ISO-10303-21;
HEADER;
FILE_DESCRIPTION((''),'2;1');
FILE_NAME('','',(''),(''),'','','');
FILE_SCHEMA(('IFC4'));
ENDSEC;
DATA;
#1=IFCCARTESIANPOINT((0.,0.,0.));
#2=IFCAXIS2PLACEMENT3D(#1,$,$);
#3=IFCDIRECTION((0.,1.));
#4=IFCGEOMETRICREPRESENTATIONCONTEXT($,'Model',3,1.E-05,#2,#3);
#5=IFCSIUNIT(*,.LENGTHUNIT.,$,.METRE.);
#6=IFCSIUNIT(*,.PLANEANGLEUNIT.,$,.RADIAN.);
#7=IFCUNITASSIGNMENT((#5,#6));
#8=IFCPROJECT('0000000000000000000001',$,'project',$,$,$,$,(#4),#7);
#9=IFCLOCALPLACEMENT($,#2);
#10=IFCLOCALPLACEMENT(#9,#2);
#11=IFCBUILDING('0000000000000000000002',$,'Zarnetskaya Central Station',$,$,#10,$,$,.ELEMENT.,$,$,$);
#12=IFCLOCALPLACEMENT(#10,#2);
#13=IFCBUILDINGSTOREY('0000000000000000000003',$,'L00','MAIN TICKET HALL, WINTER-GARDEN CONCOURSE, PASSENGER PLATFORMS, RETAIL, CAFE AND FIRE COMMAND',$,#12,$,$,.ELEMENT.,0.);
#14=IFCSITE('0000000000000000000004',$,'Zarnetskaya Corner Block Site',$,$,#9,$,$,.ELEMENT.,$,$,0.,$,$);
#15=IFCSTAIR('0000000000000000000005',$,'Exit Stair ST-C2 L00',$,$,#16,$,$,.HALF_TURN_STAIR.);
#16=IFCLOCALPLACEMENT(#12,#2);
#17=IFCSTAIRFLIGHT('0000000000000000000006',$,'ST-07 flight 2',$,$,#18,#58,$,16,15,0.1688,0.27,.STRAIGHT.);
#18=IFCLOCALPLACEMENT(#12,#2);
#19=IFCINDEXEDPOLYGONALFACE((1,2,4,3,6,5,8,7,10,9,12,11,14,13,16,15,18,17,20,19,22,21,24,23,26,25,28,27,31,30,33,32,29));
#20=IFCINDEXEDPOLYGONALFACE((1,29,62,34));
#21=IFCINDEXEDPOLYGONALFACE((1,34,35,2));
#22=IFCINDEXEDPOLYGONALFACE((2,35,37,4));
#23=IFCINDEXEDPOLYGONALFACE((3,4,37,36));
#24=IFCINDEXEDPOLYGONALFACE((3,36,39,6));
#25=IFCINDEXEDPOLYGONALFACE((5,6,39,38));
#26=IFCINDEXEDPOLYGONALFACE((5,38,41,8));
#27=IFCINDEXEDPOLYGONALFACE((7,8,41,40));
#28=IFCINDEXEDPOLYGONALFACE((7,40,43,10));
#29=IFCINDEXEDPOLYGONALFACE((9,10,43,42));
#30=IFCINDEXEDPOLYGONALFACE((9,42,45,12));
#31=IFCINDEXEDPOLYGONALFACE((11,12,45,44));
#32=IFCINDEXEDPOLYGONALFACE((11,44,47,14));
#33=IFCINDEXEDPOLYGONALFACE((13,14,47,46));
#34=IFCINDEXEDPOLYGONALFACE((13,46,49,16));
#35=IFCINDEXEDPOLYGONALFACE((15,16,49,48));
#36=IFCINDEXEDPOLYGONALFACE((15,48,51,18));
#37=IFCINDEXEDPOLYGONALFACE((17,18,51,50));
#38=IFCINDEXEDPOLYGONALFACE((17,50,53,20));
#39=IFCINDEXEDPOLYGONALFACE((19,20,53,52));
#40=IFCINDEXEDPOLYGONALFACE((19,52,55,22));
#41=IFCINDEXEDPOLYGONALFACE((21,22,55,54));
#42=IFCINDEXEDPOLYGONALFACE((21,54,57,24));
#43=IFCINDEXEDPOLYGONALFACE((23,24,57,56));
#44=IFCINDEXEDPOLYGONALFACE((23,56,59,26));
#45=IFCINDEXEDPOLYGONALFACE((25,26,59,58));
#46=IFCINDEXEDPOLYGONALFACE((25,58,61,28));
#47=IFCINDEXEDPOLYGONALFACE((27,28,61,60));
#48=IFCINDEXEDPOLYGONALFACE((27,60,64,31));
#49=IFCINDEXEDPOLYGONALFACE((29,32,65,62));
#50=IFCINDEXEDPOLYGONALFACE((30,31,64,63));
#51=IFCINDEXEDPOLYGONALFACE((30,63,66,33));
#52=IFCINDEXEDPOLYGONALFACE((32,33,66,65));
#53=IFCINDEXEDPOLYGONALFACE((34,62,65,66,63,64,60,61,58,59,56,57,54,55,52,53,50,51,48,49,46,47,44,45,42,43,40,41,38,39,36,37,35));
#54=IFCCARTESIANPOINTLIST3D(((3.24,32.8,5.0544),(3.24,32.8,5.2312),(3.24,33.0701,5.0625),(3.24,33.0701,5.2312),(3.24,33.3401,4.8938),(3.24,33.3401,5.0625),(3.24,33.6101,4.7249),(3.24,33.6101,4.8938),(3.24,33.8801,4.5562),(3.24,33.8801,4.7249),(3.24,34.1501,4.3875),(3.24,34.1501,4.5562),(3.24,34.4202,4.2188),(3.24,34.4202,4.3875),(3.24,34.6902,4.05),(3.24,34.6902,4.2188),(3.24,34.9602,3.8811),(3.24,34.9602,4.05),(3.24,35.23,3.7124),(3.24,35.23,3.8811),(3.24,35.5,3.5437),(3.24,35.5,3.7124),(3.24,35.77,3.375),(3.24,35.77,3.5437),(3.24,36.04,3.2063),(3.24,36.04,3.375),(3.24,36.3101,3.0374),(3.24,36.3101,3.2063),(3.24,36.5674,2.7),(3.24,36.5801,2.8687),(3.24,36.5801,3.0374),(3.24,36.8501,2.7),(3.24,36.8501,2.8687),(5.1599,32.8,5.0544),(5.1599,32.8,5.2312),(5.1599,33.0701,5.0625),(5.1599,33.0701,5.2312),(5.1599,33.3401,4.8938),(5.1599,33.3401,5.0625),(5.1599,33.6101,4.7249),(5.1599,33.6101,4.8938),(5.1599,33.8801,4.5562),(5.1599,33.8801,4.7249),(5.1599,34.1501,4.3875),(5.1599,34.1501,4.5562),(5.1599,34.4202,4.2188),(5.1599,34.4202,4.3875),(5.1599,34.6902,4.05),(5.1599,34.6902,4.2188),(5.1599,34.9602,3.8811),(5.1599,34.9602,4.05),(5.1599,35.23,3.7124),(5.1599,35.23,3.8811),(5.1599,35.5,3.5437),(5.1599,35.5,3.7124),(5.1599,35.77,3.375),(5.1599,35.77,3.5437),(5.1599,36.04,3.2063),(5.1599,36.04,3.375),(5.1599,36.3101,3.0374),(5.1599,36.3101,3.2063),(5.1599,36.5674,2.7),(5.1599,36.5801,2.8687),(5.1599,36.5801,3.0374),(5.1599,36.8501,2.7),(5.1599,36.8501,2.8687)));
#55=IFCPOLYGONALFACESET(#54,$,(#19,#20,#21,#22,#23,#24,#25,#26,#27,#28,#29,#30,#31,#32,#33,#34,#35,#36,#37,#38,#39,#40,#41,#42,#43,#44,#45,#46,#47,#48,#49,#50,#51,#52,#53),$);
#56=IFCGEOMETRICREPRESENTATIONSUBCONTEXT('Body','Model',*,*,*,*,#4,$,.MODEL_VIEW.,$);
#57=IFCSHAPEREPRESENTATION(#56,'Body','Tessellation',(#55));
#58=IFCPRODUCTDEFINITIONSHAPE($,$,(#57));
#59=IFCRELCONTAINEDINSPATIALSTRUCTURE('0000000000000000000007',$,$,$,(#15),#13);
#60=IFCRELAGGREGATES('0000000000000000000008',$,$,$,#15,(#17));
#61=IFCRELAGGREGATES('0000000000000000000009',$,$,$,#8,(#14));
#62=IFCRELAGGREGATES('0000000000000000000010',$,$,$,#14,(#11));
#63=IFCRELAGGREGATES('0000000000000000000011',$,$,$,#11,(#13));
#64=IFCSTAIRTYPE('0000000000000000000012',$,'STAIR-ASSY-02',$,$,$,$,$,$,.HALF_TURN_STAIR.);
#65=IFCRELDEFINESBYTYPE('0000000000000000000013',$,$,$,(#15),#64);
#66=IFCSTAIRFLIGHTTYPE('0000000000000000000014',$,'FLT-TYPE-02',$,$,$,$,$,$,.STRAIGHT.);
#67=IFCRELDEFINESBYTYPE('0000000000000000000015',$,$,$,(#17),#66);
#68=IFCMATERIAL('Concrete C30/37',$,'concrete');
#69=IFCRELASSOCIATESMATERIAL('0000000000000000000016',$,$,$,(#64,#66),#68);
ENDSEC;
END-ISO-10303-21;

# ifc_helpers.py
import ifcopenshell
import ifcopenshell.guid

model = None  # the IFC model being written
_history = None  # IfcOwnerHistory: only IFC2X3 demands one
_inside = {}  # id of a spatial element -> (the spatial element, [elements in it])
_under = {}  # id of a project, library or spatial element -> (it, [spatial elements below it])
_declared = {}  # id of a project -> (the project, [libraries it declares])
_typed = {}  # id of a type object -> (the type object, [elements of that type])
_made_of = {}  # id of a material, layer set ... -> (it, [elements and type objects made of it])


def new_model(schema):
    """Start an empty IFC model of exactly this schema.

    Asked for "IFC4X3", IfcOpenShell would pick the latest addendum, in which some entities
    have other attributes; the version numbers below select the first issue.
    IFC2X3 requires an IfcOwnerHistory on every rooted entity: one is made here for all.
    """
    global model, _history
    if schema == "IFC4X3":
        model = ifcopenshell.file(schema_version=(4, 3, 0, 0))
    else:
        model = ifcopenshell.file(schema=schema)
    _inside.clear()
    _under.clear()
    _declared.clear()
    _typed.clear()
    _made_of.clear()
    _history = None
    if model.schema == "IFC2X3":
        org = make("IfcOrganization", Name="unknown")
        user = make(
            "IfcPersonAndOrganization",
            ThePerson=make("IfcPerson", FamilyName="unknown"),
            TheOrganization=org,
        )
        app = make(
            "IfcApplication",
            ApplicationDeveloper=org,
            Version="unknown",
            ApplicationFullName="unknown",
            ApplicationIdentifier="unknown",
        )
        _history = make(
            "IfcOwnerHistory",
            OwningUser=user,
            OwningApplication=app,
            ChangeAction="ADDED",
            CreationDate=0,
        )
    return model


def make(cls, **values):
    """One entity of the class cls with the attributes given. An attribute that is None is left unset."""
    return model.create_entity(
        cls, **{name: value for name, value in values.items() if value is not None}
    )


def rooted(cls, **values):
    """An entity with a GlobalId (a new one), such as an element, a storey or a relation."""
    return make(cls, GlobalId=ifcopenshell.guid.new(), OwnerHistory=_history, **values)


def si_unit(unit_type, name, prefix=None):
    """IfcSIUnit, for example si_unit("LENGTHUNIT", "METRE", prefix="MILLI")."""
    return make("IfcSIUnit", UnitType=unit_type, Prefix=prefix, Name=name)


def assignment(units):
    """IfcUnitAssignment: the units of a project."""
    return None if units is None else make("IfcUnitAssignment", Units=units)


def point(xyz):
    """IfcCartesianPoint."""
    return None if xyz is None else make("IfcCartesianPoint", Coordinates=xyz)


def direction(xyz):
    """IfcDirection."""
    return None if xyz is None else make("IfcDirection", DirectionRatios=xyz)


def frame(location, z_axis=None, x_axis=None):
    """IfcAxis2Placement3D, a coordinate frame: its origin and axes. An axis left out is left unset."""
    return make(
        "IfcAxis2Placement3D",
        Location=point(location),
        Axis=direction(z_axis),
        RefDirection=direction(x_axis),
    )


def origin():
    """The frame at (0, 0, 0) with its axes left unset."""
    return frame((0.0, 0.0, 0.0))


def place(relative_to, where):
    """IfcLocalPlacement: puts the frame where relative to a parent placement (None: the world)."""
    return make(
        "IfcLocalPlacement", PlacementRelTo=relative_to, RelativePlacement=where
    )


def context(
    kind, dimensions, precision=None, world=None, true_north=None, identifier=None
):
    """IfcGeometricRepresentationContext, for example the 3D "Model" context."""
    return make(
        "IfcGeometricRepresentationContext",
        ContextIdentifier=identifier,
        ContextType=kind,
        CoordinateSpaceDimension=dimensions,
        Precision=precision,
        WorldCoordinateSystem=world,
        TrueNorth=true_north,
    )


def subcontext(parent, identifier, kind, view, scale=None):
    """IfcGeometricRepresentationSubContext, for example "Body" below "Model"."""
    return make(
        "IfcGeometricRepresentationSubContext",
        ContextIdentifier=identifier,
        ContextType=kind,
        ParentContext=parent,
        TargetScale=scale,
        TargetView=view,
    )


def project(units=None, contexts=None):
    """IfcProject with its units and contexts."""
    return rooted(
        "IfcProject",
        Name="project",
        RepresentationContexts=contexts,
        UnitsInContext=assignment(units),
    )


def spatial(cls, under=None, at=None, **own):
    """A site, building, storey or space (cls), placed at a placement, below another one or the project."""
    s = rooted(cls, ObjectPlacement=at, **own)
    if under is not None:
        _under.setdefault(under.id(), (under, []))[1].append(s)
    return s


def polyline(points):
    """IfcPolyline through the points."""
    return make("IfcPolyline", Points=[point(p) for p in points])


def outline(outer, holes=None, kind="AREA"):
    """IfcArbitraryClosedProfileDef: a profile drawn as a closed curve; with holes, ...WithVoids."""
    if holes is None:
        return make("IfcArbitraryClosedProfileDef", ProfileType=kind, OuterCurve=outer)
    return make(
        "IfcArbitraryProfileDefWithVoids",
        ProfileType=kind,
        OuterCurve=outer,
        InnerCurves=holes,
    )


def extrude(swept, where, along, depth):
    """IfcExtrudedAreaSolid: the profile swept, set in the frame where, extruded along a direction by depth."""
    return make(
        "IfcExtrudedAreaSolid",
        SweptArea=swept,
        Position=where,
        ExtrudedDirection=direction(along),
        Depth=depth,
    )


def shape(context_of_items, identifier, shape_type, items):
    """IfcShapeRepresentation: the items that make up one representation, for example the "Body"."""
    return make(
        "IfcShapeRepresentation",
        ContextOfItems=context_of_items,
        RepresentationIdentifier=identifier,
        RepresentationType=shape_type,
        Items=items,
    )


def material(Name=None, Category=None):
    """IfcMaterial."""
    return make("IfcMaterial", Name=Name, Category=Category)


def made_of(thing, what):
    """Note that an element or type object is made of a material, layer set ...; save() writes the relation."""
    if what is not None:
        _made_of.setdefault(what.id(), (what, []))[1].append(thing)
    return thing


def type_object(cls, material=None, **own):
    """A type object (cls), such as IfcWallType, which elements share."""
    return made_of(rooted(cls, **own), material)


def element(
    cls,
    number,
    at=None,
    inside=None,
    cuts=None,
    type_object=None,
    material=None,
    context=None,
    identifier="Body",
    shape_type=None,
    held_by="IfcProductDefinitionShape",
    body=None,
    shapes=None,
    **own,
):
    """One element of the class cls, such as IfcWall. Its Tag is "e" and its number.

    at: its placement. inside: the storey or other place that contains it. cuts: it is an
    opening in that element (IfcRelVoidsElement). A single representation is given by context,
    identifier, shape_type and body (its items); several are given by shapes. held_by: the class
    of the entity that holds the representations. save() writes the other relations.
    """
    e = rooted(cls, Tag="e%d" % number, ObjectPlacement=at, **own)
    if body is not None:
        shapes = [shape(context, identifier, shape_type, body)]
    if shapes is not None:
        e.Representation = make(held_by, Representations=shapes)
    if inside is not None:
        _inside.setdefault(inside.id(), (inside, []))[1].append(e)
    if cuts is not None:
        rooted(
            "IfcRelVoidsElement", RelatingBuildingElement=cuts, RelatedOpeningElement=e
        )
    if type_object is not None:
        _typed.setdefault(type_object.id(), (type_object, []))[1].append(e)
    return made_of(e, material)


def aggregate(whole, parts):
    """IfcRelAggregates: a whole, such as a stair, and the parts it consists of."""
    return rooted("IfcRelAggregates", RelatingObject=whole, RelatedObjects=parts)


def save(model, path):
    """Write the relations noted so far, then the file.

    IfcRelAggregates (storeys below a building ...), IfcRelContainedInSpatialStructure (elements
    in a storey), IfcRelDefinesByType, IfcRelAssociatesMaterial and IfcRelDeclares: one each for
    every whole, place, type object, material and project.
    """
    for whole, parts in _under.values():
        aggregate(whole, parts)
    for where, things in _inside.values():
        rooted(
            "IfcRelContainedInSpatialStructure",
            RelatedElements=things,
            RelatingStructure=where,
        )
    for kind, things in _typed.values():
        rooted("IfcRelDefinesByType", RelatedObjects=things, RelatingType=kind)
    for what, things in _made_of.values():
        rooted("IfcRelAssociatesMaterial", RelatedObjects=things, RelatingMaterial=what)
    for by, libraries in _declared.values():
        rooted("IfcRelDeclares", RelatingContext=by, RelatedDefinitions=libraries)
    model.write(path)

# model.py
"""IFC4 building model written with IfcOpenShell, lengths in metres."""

from ifc_helpers import new_model, si_unit, direction, frame, origin, place, context, subcontext, project, spatial, polyline, outline, extrude, material, type_object, element, aggregate, save


model = new_model("IFC4")

# Units and contexts
model_context = context("Model", 3, precision=1e-05, world=origin(), true_north=direction((0.0, 1.0)))
body_context = subcontext(model_context, "Body", "Model", "MODEL_VIEW")
ifc_project = project(units=[si_unit("LENGTHUNIT", "METRE"), si_unit("PLANEANGLEUNIT", "RADIAN")], contexts=[model_context])

# Site, building, storey
site_placement = place(None, origin())
site = spatial("IfcSite", under=ifc_project, at=site_placement, Name="Zarnetskaya Corner Block Site", CompositionType="ELEMENT", RefElevation=0.0)
building_placement = place(site_placement, origin())
building = spatial("IfcBuilding", under=site, at=building_placement, Name="Zarnetskaya Central Station", CompositionType="ELEMENT")
storey_placement = place(building_placement, origin())
storey = spatial("IfcBuildingStorey", under=building, at=storey_placement, Name="L00", Description="MAIN TICKET HALL, WINTER-GARDEN CONCOURSE, PASSENGER PLATFORMS, RETAIL, CAFE AND FIRE COMMAND", CompositionType="ELEMENT", Elevation=0.0)

# Shared definitions
ifc_material_1 = material(Name="Concrete C30/37", Category="concrete")

# Stair, stair flight
stair_type = type_object("IfcStairType", Name="STAIR-ASSY-02", PredefinedType="HALF_TURN_STAIR", material=ifc_material_1)
stair_placement = place(storey_placement, origin())
stair = element("IfcStair", 1, at=stair_placement, inside=storey, type_object=stair_type, Name="Exit Stair ST-C2 L00", PredefinedType="HALF_TURN_STAIR")
stair_flight_type = type_object("IfcStairFlightType", Name="FLT-TYPE-02", PredefinedType="STRAIGHT", material=ifc_material_1)
stair_flight_1_placement = place(storey_placement, frame((4.2, 36.8501, 2.7), z_axis=(0.0, 0.0, 1.0), x_axis=(0.0, -1.0, 0.0)))
stair_flight_1 = element("IfcStairFlight", 2, at=stair_flight_1_placement, type_object=stair_flight_type, Name="ST-07 flight 2", NumberOfRisers=16, NumberOfTreads=15, PredefinedType="STRAIGHT", RiserHeight=0.1688, TreadLength=0.27, context=body_context, shape_type="SweptSolid", body=[
    extrude(outline(polyline([(0.0, 0.0), (0.0, 0.1687), (0.27, 0.1687), (0.27, 0.3374), (0.54, 0.3374), (0.54, 0.5063), (0.8101, 0.5063), (0.8101, 0.675), (1.0801, 0.675), (1.0801, 0.8438), (1.3501, 0.8438), (1.3501, 1.0125), (1.6201, 1.0125), (1.6201, 1.1812), (1.8899, 1.1812), (1.8899, 1.3501), (2.1599, 1.3501), (2.1599, 1.5188), (2.4299, 1.5188), (2.4299, 1.6875), (2.7, 1.6875), (2.7, 1.8562), (2.97, 1.8562), (2.97, 2.0249), (3.24, 2.0249), (3.24, 2.1938), (3.51, 2.1938), (3.51, 2.3625), (3.78, 2.3625), (3.78, 2.5312), (4.05, 2.5312), (4.05, 2.7), (4.05, 2.3545), (0.2827, 0.0), (0.0, 0.0)])), frame((0.0, 0.96, 0.0), z_axis=(0.0, -1.0, 0.0), x_axis=(1.0, 0.0, 0.0)), (0.0, 0.0, 1.0), 1.9199),
])
aggregate(stair, [stair_flight_1])

save(model, "model.ifc")
